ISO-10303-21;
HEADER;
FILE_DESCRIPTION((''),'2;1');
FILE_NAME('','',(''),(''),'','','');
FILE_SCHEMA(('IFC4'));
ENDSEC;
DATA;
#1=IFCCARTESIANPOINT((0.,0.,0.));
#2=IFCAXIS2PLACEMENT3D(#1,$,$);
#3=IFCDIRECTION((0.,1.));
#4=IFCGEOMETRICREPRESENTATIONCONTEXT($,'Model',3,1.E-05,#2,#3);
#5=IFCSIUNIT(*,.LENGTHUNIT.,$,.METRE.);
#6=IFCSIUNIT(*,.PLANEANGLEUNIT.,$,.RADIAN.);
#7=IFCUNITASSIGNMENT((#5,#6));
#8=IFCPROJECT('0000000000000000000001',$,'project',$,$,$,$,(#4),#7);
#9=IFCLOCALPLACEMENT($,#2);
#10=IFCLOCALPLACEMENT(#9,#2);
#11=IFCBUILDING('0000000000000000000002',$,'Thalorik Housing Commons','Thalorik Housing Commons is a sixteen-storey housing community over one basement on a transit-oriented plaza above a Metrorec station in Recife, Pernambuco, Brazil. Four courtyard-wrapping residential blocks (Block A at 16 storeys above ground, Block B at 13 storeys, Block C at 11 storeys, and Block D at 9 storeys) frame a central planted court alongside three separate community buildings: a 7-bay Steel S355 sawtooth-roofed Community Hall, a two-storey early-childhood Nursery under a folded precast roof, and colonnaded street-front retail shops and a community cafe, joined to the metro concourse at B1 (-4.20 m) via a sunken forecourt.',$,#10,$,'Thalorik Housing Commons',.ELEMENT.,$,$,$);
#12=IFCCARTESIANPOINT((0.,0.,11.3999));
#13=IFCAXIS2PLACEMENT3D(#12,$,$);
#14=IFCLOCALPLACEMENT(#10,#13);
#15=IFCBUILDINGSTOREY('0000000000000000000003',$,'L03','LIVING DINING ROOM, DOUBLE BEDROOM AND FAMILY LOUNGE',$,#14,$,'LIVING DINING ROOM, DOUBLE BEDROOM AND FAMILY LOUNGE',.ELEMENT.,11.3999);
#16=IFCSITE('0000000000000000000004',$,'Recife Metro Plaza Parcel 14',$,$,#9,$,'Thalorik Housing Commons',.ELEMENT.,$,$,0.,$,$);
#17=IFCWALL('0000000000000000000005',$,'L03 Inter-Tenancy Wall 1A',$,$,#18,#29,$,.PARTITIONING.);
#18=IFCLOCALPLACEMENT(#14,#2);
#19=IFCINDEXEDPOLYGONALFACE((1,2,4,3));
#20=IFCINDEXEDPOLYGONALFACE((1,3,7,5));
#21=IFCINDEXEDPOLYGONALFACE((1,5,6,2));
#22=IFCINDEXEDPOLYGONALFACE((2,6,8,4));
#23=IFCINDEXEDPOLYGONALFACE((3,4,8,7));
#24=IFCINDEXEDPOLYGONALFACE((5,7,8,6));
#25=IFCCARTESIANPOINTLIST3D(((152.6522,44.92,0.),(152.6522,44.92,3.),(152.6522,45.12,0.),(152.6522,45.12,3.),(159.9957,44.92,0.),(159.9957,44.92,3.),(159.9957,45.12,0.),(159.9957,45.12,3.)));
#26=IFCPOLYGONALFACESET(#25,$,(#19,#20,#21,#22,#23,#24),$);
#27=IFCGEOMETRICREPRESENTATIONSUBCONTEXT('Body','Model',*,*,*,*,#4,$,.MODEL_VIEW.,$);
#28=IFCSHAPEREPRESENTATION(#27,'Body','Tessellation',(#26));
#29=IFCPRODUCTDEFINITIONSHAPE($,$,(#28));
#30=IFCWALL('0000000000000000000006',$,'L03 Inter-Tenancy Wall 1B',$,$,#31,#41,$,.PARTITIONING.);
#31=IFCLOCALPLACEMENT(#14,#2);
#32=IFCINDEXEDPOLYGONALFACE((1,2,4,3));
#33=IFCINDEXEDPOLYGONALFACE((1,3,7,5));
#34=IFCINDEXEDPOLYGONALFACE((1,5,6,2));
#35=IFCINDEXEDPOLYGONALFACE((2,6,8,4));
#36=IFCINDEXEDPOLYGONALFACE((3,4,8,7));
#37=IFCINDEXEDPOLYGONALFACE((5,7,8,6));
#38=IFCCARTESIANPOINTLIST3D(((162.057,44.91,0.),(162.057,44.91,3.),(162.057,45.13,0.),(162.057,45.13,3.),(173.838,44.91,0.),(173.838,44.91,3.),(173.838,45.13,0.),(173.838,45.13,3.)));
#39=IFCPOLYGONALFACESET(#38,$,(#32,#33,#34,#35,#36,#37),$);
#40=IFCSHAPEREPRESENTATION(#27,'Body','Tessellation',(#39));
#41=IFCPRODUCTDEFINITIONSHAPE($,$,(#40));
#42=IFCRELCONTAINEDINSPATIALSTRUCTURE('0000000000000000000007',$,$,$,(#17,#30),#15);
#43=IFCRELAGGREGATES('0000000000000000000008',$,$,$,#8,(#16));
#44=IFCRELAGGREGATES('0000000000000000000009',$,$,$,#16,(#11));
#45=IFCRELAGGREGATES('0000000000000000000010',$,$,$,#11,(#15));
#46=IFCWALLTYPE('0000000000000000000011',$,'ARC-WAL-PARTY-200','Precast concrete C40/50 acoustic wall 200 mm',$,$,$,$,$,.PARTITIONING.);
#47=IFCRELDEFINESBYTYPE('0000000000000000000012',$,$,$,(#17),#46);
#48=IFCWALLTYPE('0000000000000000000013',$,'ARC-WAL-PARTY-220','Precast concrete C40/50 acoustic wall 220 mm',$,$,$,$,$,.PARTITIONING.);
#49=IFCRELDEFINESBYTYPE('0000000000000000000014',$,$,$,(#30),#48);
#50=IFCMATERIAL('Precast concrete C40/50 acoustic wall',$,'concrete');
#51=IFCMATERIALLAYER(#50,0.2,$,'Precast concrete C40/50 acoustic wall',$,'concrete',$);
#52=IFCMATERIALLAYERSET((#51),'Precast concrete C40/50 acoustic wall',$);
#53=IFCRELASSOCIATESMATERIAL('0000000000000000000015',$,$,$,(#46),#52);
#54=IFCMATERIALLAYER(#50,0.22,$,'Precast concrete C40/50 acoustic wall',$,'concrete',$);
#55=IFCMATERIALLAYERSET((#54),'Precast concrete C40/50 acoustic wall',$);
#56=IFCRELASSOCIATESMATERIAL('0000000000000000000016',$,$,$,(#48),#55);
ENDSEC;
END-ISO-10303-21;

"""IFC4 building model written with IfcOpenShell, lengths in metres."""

from ifc_helpers import new_model, si_unit, direction, frame, frame_2d, origin, place, context, subcontext, project, spatial, rectangle, extrude, material, layer, layer_set, type_object, element, save


model = new_model("IFC4")

# Units and contexts
model_context = context("Model", 3, precision=1e-05, world=origin(), true_north=direction((0.0, 1.0)))
body_context = subcontext(model_context, "Body", "Model", "MODEL_VIEW")
ifc_project = project(units=[si_unit("LENGTHUNIT", "METRE"), si_unit("PLANEANGLEUNIT", "RADIAN")], contexts=[model_context])

# Site, building, storey
site_placement = place(None, origin())
site = spatial("IfcSite", under=ifc_project, at=site_placement, Name="Recife Metro Plaza Parcel 14", LongName="Thalorik Housing Commons", CompositionType="ELEMENT", RefElevation=0.0)
building_placement = place(site_placement, origin())
building = spatial("IfcBuilding", under=site, at=building_placement, Name="Thalorik Housing Commons", Description="Thalorik Housing Commons is a sixteen-storey housing community over one basement on a transit-oriented plaza above a Metrorec station in Recife, Pernambuco, Brazil. Four courtyard-wrapping residential blocks (Block A at 16 storeys above ground, Block B at 13 storeys, Block C at 11 storeys, and Block D at 9 storeys) frame a central planted court alongside three separate community buildings: a 7-bay Steel S355 sawtooth-roofed Community Hall, a two-storey early-childhood Nursery under a folded precast roof, and colonnaded street-front retail shops and a community cafe, joined to the metro concourse at B1 (-4.20 m) via a sunken forecourt.", LongName="Thalorik Housing Commons", CompositionType="ELEMENT")
storey_placement = place(building_placement, frame((0.0, 0.0, 11.3999)))
storey = spatial("IfcBuildingStorey", under=building, at=storey_placement, Name="L03", Description="LIVING DINING ROOM, DOUBLE BEDROOM AND FAMILY LOUNGE", LongName="LIVING DINING ROOM, DOUBLE BEDROOM AND FAMILY LOUNGE", CompositionType="ELEMENT", Elevation=11.3999)

# Walls
ifc_material_1 = material(Name="Precast concrete C40/50 acoustic wall", Category="concrete")
ifc_layer_1 = layer(ifc_material_1, 0.2, Name="Precast concrete C40/50 acoustic wall", Category="concrete")
ifc_layer_set_1 = layer_set([ifc_layer_1], Name="Precast concrete C40/50 acoustic wall")
wall_type_1 = type_object("IfcWallType", Name="ARC-WAL-PARTY-200", Description="Precast concrete C40/50 acoustic wall 200 mm", PredefinedType="PARTITIONING", material=ifc_layer_set_1)
wall_1_placement = place(storey_placement, frame((152.6521, 45.02, 0.0), z_axis=(0.0, 0.0, 1.0), x_axis=(1.0, 0.0, 0.0)))
element("IfcWall", 1, at=wall_1_placement, inside=storey, type_object=wall_type_1, Name="L03 Inter-Tenancy Wall 1A", PredefinedType="PARTITIONING", context=body_context, shape_type="SweptSolid", body=[
    extrude(rectangle(XDim=7.3435, YDim=0.2, at=frame_2d((3.6719, 0.0))), origin(), (0.0, 0.0, 1.0), 3.0),
])
ifc_layer_2 = layer(ifc_material_1, 0.22, Name="Precast concrete C40/50 acoustic wall", Category="concrete")
ifc_layer_set_2 = layer_set([ifc_layer_2], Name="Precast concrete C40/50 acoustic wall")
wall_type_2 = type_object("IfcWallType", Name="ARC-WAL-PARTY-220", Description="Precast concrete C40/50 acoustic wall 220 mm", PredefinedType="PARTITIONING", material=ifc_layer_set_2)
wall_2_placement = place(storey_placement, frame((162.0569, 45.02, 0.0), z_axis=(0.0, 0.0, 1.0), x_axis=(1.0, 0.0, 0.0)))
element("IfcWall", 2, at=wall_2_placement, inside=storey, type_object=wall_type_2, Name="L03 Inter-Tenancy Wall 1B", PredefinedType="PARTITIONING", context=body_context, shape_type="SweptSolid", body=[
    extrude(rectangle(XDim=11.781, YDim=0.22, at=frame_2d((5.8906, 0.0))), origin(), (0.0, 0.0, 1.0), 3.0),
])

save(model, "model.ifc")
